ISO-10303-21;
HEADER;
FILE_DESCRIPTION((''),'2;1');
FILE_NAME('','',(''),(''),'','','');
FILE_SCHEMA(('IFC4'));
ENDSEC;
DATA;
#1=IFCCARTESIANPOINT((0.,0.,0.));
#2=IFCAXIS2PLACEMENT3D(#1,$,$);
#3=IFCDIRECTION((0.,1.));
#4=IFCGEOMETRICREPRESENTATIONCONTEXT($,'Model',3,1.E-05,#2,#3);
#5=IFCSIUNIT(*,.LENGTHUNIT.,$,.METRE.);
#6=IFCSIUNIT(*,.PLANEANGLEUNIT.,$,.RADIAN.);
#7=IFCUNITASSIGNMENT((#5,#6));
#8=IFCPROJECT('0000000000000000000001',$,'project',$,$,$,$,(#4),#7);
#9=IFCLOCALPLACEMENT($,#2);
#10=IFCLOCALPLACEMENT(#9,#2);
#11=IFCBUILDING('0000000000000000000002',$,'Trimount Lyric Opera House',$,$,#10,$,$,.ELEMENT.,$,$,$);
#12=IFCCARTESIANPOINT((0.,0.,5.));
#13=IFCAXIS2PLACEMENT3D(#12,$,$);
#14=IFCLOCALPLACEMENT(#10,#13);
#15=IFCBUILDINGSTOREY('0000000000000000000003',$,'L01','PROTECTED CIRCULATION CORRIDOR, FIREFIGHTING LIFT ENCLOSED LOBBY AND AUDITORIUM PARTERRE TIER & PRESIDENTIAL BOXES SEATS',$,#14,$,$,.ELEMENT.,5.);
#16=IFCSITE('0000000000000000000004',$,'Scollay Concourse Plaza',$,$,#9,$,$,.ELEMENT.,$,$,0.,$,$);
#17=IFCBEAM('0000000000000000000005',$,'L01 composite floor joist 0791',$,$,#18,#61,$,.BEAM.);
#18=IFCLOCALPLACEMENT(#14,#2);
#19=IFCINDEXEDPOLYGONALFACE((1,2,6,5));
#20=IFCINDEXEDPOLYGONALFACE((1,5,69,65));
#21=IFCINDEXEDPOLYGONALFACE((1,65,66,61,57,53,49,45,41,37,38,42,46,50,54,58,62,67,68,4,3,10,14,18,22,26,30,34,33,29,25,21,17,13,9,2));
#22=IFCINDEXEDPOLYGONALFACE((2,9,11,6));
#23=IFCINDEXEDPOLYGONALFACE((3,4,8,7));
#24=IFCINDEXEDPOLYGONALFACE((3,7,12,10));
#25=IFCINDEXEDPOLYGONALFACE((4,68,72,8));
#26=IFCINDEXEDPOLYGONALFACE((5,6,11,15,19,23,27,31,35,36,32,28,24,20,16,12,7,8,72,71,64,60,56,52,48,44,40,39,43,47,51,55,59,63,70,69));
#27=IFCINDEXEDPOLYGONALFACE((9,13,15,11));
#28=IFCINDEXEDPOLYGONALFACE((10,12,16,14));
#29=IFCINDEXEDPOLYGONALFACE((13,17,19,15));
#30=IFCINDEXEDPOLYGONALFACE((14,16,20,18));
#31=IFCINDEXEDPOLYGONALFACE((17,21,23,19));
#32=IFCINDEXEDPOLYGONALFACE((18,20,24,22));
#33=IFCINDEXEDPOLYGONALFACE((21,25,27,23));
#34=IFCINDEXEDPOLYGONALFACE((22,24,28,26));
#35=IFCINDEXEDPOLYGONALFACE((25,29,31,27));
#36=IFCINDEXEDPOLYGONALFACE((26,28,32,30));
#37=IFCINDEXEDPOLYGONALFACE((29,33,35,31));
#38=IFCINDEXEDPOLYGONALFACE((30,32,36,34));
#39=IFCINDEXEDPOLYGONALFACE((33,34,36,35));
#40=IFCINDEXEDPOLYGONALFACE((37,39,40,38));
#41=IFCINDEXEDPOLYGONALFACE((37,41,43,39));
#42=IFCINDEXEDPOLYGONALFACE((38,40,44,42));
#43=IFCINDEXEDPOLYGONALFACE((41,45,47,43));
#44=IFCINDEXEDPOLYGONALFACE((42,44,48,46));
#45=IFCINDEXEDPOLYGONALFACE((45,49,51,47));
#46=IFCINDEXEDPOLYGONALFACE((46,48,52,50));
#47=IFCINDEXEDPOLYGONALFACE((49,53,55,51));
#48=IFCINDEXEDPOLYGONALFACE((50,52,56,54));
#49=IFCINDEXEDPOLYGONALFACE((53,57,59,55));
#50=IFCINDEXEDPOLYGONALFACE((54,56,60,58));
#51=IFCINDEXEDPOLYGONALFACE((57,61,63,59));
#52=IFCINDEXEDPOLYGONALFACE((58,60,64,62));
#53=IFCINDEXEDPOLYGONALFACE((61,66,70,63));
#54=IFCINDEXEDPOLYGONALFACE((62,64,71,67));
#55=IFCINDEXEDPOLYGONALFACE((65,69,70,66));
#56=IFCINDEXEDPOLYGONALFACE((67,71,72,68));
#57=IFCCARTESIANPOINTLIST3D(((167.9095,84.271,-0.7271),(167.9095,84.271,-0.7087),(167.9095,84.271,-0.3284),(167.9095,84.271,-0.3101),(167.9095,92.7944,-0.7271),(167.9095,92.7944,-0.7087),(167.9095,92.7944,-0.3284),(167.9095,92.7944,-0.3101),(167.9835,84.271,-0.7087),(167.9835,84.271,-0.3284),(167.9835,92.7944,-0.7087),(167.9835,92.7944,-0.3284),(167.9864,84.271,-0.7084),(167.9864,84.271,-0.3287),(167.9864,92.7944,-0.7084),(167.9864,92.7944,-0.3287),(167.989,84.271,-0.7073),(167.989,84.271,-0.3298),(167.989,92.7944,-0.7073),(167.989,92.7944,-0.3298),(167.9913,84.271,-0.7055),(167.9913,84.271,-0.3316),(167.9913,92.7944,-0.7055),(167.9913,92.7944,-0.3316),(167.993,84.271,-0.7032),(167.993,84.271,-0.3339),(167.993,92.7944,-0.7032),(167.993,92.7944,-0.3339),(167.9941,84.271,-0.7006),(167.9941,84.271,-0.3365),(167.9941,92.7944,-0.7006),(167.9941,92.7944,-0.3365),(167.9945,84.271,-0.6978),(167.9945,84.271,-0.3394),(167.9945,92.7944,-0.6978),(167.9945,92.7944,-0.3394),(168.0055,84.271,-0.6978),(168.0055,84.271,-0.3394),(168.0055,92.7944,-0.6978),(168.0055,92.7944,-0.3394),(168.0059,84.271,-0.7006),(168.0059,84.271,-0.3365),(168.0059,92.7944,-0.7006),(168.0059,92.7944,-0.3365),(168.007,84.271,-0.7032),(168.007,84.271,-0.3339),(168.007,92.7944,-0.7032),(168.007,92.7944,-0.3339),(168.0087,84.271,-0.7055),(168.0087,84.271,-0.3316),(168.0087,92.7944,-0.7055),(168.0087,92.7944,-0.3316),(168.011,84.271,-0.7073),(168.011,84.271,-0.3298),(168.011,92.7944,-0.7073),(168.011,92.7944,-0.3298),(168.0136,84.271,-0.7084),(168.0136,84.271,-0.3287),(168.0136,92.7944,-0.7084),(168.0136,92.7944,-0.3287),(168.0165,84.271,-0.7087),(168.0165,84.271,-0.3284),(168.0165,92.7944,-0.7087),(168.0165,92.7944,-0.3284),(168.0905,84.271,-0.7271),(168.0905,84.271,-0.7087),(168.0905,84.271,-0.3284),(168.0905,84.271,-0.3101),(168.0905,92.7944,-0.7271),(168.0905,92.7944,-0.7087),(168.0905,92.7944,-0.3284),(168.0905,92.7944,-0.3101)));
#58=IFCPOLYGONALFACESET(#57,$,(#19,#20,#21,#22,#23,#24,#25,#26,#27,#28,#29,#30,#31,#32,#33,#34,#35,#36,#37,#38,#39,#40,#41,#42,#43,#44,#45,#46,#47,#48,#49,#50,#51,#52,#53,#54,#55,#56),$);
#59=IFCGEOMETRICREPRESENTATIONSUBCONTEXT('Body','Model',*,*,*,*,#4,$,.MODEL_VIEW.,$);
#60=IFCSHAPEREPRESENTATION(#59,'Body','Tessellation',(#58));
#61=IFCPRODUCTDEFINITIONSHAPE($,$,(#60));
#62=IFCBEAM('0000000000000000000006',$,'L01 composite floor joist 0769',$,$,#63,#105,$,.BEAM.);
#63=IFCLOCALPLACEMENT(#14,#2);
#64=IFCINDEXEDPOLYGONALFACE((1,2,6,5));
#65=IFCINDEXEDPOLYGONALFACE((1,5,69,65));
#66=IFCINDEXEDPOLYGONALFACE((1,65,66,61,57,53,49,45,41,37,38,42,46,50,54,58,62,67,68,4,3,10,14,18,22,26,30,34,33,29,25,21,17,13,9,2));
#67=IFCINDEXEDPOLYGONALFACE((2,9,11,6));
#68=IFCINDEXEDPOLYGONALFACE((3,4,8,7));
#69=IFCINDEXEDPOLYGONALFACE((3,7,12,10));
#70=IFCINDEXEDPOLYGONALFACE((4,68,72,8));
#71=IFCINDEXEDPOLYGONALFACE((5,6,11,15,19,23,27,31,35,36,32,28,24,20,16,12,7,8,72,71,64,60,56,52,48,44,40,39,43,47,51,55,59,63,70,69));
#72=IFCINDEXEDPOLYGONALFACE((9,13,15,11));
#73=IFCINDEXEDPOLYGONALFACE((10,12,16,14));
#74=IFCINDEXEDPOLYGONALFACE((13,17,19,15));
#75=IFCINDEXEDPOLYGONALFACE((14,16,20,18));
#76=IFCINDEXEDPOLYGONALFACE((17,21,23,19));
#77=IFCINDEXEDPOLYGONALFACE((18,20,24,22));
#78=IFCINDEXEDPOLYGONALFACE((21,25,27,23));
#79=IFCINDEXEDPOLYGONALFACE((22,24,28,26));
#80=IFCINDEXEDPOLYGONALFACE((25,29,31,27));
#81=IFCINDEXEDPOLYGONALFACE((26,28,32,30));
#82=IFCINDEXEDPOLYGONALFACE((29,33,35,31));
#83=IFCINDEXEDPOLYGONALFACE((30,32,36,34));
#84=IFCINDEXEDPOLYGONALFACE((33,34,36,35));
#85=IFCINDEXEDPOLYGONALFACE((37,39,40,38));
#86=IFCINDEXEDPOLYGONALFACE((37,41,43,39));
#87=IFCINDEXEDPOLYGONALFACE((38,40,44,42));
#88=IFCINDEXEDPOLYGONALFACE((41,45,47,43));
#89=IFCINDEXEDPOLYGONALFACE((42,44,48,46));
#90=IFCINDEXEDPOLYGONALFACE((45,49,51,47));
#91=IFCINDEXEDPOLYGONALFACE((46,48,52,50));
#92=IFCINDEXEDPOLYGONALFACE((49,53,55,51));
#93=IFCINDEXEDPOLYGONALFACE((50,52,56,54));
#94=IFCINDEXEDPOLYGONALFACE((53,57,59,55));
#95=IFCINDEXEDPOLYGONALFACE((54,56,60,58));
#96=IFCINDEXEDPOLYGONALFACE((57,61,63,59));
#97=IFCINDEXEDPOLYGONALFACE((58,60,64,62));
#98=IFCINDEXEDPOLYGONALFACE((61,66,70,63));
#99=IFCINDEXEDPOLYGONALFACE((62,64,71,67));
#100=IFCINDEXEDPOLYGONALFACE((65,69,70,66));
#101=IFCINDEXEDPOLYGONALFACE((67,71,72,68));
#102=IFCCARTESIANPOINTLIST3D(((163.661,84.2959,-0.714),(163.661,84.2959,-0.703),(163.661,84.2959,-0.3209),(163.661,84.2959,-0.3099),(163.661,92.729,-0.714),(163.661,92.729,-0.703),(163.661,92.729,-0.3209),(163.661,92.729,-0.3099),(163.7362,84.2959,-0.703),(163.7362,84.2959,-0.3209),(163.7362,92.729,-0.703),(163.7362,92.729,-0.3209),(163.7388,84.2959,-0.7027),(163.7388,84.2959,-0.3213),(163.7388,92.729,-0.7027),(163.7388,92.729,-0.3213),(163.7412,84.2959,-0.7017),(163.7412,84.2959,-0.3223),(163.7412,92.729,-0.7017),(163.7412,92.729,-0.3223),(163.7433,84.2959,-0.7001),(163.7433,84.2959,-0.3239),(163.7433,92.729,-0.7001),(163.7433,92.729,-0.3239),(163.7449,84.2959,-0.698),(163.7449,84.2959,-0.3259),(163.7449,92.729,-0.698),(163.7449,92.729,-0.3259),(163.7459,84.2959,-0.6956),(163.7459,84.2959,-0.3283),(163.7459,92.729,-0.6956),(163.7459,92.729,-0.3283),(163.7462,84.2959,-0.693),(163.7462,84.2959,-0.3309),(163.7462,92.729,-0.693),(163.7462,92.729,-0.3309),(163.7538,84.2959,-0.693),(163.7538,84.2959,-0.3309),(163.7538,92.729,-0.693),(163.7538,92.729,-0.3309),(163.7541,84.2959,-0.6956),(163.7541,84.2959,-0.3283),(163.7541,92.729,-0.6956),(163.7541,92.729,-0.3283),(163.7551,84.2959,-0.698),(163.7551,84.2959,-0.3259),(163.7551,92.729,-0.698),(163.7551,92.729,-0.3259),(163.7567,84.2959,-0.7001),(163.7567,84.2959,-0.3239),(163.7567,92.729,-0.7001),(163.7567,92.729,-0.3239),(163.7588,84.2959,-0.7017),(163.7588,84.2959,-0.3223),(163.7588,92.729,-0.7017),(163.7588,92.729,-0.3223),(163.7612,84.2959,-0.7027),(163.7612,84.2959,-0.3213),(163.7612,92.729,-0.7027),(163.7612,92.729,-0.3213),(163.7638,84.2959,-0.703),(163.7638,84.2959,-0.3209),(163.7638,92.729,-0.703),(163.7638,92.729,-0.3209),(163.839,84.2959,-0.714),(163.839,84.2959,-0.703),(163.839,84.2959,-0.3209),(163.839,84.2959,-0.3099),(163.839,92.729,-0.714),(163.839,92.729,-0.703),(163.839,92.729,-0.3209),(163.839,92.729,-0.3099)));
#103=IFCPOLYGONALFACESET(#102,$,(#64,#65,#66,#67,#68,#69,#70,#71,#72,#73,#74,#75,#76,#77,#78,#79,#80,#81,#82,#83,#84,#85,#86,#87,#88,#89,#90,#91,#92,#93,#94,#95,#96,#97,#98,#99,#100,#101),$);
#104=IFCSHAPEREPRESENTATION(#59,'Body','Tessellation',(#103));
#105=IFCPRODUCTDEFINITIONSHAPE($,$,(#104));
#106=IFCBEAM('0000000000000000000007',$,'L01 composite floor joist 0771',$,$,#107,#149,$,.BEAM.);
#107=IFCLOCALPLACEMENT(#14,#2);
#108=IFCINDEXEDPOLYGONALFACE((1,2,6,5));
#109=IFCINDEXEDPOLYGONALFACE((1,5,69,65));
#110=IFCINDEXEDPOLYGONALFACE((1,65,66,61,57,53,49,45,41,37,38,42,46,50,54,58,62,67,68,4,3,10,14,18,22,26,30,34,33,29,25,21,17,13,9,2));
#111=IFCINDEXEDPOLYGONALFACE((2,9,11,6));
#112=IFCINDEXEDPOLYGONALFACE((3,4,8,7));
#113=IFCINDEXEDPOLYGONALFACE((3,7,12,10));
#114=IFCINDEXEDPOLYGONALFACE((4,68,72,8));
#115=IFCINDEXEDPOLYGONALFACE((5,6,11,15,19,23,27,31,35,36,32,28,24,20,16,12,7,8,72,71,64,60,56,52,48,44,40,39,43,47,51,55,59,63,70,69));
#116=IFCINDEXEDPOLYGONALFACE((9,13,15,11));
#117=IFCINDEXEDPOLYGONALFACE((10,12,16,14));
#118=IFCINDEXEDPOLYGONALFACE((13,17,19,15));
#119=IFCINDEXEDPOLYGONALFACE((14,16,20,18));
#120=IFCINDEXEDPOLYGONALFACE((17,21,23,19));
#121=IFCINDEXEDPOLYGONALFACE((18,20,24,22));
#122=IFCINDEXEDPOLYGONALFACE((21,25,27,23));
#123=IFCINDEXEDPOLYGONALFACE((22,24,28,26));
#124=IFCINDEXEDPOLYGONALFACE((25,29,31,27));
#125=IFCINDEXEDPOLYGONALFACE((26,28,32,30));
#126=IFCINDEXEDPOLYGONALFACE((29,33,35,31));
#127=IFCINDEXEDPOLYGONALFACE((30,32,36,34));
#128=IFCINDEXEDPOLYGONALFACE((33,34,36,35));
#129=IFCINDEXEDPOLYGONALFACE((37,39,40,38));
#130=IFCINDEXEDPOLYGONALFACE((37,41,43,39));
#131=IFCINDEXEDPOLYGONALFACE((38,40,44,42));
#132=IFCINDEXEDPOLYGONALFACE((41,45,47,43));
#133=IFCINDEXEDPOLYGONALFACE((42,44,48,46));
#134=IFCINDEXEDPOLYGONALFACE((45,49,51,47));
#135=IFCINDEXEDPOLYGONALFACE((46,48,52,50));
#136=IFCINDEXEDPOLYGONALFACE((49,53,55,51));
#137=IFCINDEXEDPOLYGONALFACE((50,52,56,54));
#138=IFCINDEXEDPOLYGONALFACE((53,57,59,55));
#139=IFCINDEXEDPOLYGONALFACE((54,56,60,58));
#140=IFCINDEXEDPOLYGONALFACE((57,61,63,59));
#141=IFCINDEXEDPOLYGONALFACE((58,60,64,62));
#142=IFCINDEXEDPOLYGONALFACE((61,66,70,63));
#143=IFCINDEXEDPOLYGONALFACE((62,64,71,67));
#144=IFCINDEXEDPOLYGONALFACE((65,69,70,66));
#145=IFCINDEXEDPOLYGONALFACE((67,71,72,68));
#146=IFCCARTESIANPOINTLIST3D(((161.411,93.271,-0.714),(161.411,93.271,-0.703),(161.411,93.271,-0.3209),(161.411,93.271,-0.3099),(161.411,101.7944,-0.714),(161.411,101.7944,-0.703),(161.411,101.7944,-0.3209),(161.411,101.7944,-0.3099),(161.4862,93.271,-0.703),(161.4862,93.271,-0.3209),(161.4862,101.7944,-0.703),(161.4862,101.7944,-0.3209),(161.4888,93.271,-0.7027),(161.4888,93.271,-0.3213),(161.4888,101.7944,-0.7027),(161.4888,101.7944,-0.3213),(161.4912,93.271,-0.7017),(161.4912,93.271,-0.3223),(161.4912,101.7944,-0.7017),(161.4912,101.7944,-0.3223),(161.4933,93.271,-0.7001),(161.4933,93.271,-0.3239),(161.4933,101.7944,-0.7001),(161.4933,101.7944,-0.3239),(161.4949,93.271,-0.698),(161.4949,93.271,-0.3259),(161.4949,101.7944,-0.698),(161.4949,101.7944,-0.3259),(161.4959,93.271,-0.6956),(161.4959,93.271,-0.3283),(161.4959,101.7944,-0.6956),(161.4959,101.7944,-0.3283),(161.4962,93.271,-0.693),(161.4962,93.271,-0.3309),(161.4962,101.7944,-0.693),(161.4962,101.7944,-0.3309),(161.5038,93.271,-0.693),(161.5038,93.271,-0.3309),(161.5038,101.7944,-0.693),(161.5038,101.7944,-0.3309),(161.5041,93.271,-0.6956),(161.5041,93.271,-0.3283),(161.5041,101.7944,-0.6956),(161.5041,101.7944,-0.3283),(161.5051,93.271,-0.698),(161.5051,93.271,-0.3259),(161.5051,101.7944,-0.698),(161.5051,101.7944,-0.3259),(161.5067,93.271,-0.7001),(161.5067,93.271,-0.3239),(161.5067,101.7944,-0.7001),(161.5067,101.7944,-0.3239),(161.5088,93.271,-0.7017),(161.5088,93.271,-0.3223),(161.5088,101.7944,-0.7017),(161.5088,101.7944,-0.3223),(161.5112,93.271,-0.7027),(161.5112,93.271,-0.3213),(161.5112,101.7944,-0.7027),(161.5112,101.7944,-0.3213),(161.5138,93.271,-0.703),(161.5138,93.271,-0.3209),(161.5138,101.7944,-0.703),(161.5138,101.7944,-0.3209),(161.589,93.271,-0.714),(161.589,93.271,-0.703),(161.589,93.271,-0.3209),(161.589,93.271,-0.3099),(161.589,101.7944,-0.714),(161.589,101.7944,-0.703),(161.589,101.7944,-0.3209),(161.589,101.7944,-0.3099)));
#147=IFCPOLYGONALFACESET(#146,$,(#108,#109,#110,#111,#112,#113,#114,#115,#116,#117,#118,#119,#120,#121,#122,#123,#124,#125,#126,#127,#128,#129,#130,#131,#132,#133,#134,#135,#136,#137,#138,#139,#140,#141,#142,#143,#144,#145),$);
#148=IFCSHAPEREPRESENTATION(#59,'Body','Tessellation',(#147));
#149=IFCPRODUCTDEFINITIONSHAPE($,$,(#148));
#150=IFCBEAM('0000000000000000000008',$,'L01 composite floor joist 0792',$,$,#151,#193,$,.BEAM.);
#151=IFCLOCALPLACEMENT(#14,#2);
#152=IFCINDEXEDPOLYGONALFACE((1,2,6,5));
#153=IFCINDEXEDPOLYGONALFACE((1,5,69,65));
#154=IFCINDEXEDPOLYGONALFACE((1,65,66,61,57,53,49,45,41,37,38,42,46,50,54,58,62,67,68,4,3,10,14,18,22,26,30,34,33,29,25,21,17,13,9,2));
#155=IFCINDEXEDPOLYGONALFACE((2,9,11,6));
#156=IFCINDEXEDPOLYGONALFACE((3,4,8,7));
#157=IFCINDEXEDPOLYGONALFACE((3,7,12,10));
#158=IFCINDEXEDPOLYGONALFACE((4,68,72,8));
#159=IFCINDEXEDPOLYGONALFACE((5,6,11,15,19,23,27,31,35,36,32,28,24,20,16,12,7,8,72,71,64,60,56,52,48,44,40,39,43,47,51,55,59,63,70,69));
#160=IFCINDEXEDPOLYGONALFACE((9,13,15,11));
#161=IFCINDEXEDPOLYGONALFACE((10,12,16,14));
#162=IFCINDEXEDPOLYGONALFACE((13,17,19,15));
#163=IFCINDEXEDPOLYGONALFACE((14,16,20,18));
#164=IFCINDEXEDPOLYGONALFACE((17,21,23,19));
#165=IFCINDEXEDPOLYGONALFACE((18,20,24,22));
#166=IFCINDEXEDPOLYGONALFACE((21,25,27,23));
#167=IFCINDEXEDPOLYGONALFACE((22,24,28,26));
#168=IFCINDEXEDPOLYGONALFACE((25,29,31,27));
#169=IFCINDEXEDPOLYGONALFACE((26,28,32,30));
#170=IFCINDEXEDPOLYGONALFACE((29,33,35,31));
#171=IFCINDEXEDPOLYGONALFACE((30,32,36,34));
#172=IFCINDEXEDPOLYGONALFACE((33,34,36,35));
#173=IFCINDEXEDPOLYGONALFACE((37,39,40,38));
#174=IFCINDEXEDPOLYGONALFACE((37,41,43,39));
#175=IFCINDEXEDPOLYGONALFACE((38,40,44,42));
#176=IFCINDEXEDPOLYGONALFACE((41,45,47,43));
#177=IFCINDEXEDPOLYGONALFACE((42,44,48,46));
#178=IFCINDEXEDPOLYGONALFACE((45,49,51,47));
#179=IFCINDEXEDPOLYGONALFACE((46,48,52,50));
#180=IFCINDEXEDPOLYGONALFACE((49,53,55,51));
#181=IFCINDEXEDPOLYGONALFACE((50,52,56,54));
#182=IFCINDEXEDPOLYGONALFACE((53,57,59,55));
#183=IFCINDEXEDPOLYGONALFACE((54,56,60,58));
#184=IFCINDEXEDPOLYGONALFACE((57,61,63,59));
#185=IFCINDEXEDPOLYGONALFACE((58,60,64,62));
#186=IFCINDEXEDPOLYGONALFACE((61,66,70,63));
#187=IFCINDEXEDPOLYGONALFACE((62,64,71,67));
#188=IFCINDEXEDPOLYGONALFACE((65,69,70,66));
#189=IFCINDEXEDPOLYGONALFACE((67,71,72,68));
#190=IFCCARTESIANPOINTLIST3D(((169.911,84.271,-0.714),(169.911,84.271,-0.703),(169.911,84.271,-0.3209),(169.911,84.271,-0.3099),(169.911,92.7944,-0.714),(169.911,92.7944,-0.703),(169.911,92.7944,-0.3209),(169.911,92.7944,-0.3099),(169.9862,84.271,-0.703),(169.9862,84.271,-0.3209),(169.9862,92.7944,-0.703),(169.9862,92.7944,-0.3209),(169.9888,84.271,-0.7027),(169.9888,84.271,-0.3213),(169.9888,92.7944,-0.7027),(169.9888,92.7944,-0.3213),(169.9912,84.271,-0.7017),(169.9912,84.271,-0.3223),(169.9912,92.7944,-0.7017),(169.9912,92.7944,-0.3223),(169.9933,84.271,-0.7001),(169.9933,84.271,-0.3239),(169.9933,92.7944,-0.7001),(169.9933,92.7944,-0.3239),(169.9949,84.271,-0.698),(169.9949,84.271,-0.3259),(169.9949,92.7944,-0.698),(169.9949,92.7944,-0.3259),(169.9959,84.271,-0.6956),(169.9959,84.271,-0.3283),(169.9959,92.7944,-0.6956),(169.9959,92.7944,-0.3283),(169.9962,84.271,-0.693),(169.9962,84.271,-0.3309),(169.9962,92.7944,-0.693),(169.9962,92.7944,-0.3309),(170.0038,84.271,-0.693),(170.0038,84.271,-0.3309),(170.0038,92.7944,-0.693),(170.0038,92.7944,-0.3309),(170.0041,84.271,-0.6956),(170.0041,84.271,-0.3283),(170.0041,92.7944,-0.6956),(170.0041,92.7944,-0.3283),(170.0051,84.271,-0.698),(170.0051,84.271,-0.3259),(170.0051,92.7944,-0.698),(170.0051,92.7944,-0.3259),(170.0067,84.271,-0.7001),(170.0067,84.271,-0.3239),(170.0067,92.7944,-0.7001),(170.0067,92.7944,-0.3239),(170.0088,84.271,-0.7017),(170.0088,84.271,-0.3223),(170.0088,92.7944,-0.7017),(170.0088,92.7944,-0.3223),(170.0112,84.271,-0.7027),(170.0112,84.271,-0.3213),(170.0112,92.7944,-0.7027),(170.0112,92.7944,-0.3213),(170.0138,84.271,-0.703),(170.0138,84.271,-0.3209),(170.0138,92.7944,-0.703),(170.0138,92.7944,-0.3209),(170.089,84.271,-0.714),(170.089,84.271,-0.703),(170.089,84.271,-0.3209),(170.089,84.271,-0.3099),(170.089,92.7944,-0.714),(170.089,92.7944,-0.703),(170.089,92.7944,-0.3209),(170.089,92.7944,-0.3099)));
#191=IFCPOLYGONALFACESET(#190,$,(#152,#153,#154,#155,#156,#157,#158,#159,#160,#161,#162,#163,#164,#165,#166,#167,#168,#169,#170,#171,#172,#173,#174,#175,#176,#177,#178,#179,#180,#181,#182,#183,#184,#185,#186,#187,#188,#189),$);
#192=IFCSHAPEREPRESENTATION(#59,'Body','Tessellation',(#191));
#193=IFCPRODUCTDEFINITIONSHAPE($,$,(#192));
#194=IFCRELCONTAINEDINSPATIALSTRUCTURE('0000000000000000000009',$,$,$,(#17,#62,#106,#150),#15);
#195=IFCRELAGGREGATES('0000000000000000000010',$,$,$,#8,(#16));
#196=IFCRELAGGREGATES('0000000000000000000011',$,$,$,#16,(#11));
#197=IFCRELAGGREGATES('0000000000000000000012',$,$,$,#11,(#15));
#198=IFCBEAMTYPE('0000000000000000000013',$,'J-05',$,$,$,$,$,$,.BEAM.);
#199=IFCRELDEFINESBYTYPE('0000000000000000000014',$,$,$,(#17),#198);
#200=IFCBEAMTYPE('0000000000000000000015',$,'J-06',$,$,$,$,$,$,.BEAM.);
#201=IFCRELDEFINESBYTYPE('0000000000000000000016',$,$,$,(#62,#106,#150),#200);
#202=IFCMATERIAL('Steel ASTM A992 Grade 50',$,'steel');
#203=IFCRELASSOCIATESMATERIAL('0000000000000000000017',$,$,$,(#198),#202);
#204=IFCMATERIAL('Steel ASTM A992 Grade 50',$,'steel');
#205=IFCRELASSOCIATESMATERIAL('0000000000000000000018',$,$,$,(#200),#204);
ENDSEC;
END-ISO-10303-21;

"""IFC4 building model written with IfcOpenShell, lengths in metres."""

from ifc_helpers import new_model, si_unit, direction, frame, origin, origin_2d, place, context, subcontext, project, spatial, i_section, extrude, material, material_profile, profile_set, type_object, element, save


model = new_model("IFC4")

# Units and contexts
model_context = context("Model", 3, precision=1e-05, world=origin(), true_north=direction((0.0, 1.0)))
body_context = subcontext(model_context, "Body", "Model", "MODEL_VIEW")
ifc_project = project(units=[si_unit("LENGTHUNIT", "METRE"), si_unit("PLANEANGLEUNIT", "RADIAN")], contexts=[model_context])

# Site, building, storey
site_placement = place(None, origin())
site = spatial("IfcSite", under=ifc_project, at=site_placement, Name="Scollay Concourse Plaza", CompositionType="ELEMENT", RefElevation=0.0)
building_placement = place(site_placement, origin())
building = spatial("IfcBuilding", under=site, at=building_placement, Name="Trimount Lyric Opera House", CompositionType="ELEMENT")
storey_placement = place(building_placement, frame((0.0, 0.0, 5.0)))
storey = spatial("IfcBuildingStorey", under=building, at=storey_placement, Name="L01", Description="PROTECTED CIRCULATION CORRIDOR, FIREFIGHTING LIFT ENCLOSED LOBBY AND AUDITORIUM PARTERRE TIER & PRESIDENTIAL BOXES SEATS", CompositionType="ELEMENT", Elevation=5.0)

# Beams
ifc_material_1 = material(Name="Steel ASTM A992 Grade 50", Category="steel")
ifc_material_profile_1 = material_profile(ifc_material_1, i_section(OverallWidth=0.1809, OverallDepth=0.417, WebThickness=0.011, FlangeThickness=0.0183, FilletRadius=0.011, at=origin_2d()), Name="W16X57")
ifc_profile_set_1 = profile_set([ifc_material_profile_1], Name="Steel ASTM A992 Grade 50")
beam_type_1 = type_object("IfcBeamType", Name="J-05", PredefinedType="BEAM", material=ifc_profile_set_1)
for number, where, z_axis, x_axis, name in (
    (1, (168.0, 84.271, -0.5186), (0.0, 1.0, 0.0), (-1.0, 0.0, 0.0), "L01 composite floor joist 0791"),
):
    element("IfcBeam", number, at=place(storey_placement, frame(where, z_axis=z_axis, x_axis=x_axis)), inside=storey, type_object=beam_type_1, Name=name, PredefinedType="BEAM", context=body_context, shape_type="SweptSolid", body=[
        extrude(i_section(OverallWidth=0.1809, OverallDepth=0.417, WebThickness=0.011, FlangeThickness=0.0183, FilletRadius=0.011, at=origin_2d()), origin(), (0.0, 0.0, 1.0), 8.5234),
    ])
ifc_material_2 = material(Name="Steel ASTM A992 Grade 50", Category="steel")
ifc_material_profile_2 = material_profile(ifc_material_2, i_section(OverallWidth=0.178, OverallDepth=0.4041, WebThickness=0.0076, FlangeThickness=0.011, FilletRadius=0.01, at=origin_2d()), Name="W16X36")
ifc_profile_set_2 = profile_set([ifc_material_profile_2], Name="Steel ASTM A992 Grade 50")
beam_type_2 = type_object("IfcBeamType", Name="J-06", PredefinedType="BEAM", material=ifc_profile_set_2)
beam_1_placement = place(storey_placement, frame((163.75, 84.2959, -0.512), z_axis=(0.0, 1.0, 0.0), x_axis=(-1.0, 0.0, 0.0)))
element("IfcBeam", 2, at=beam_1_placement, inside=storey, type_object=beam_type_2, Name="L01 composite floor joist 0769", PredefinedType="BEAM", context=body_context, shape_type="SweptSolid", body=[
    extrude(i_section(OverallWidth=0.178, OverallDepth=0.4041, WebThickness=0.0076, FlangeThickness=0.011, FilletRadius=0.01, at=origin_2d()), origin(), (0.0, 0.0, 1.0), 8.4331),
])
for number, where, z_axis, x_axis, name in (
    (3, (161.5, 93.271, -0.512), (0.0, 1.0, 0.0), (-1.0, 0.0, 0.0), "L01 composite floor joist 0771"),
    (4, (170.0, 84.271, -0.512), (0.0, 1.0, 0.0), (-1.0, 0.0, 0.0), "L01 composite floor joist 0792"),
):
    element("IfcBeam", number, at=place(storey_placement, frame(where, z_axis=z_axis, x_axis=x_axis)), inside=storey, type_object=beam_type_2, Name=name, PredefinedType="BEAM", context=body_context, shape_type="SweptSolid", body=[
        extrude(i_section(OverallWidth=0.178, OverallDepth=0.4041, WebThickness=0.0076, FlangeThickness=0.011, FilletRadius=0.01, at=origin_2d()), origin(), (0.0, 0.0, 1.0), 8.5234),
    ])

save(model, "model.ifc")
